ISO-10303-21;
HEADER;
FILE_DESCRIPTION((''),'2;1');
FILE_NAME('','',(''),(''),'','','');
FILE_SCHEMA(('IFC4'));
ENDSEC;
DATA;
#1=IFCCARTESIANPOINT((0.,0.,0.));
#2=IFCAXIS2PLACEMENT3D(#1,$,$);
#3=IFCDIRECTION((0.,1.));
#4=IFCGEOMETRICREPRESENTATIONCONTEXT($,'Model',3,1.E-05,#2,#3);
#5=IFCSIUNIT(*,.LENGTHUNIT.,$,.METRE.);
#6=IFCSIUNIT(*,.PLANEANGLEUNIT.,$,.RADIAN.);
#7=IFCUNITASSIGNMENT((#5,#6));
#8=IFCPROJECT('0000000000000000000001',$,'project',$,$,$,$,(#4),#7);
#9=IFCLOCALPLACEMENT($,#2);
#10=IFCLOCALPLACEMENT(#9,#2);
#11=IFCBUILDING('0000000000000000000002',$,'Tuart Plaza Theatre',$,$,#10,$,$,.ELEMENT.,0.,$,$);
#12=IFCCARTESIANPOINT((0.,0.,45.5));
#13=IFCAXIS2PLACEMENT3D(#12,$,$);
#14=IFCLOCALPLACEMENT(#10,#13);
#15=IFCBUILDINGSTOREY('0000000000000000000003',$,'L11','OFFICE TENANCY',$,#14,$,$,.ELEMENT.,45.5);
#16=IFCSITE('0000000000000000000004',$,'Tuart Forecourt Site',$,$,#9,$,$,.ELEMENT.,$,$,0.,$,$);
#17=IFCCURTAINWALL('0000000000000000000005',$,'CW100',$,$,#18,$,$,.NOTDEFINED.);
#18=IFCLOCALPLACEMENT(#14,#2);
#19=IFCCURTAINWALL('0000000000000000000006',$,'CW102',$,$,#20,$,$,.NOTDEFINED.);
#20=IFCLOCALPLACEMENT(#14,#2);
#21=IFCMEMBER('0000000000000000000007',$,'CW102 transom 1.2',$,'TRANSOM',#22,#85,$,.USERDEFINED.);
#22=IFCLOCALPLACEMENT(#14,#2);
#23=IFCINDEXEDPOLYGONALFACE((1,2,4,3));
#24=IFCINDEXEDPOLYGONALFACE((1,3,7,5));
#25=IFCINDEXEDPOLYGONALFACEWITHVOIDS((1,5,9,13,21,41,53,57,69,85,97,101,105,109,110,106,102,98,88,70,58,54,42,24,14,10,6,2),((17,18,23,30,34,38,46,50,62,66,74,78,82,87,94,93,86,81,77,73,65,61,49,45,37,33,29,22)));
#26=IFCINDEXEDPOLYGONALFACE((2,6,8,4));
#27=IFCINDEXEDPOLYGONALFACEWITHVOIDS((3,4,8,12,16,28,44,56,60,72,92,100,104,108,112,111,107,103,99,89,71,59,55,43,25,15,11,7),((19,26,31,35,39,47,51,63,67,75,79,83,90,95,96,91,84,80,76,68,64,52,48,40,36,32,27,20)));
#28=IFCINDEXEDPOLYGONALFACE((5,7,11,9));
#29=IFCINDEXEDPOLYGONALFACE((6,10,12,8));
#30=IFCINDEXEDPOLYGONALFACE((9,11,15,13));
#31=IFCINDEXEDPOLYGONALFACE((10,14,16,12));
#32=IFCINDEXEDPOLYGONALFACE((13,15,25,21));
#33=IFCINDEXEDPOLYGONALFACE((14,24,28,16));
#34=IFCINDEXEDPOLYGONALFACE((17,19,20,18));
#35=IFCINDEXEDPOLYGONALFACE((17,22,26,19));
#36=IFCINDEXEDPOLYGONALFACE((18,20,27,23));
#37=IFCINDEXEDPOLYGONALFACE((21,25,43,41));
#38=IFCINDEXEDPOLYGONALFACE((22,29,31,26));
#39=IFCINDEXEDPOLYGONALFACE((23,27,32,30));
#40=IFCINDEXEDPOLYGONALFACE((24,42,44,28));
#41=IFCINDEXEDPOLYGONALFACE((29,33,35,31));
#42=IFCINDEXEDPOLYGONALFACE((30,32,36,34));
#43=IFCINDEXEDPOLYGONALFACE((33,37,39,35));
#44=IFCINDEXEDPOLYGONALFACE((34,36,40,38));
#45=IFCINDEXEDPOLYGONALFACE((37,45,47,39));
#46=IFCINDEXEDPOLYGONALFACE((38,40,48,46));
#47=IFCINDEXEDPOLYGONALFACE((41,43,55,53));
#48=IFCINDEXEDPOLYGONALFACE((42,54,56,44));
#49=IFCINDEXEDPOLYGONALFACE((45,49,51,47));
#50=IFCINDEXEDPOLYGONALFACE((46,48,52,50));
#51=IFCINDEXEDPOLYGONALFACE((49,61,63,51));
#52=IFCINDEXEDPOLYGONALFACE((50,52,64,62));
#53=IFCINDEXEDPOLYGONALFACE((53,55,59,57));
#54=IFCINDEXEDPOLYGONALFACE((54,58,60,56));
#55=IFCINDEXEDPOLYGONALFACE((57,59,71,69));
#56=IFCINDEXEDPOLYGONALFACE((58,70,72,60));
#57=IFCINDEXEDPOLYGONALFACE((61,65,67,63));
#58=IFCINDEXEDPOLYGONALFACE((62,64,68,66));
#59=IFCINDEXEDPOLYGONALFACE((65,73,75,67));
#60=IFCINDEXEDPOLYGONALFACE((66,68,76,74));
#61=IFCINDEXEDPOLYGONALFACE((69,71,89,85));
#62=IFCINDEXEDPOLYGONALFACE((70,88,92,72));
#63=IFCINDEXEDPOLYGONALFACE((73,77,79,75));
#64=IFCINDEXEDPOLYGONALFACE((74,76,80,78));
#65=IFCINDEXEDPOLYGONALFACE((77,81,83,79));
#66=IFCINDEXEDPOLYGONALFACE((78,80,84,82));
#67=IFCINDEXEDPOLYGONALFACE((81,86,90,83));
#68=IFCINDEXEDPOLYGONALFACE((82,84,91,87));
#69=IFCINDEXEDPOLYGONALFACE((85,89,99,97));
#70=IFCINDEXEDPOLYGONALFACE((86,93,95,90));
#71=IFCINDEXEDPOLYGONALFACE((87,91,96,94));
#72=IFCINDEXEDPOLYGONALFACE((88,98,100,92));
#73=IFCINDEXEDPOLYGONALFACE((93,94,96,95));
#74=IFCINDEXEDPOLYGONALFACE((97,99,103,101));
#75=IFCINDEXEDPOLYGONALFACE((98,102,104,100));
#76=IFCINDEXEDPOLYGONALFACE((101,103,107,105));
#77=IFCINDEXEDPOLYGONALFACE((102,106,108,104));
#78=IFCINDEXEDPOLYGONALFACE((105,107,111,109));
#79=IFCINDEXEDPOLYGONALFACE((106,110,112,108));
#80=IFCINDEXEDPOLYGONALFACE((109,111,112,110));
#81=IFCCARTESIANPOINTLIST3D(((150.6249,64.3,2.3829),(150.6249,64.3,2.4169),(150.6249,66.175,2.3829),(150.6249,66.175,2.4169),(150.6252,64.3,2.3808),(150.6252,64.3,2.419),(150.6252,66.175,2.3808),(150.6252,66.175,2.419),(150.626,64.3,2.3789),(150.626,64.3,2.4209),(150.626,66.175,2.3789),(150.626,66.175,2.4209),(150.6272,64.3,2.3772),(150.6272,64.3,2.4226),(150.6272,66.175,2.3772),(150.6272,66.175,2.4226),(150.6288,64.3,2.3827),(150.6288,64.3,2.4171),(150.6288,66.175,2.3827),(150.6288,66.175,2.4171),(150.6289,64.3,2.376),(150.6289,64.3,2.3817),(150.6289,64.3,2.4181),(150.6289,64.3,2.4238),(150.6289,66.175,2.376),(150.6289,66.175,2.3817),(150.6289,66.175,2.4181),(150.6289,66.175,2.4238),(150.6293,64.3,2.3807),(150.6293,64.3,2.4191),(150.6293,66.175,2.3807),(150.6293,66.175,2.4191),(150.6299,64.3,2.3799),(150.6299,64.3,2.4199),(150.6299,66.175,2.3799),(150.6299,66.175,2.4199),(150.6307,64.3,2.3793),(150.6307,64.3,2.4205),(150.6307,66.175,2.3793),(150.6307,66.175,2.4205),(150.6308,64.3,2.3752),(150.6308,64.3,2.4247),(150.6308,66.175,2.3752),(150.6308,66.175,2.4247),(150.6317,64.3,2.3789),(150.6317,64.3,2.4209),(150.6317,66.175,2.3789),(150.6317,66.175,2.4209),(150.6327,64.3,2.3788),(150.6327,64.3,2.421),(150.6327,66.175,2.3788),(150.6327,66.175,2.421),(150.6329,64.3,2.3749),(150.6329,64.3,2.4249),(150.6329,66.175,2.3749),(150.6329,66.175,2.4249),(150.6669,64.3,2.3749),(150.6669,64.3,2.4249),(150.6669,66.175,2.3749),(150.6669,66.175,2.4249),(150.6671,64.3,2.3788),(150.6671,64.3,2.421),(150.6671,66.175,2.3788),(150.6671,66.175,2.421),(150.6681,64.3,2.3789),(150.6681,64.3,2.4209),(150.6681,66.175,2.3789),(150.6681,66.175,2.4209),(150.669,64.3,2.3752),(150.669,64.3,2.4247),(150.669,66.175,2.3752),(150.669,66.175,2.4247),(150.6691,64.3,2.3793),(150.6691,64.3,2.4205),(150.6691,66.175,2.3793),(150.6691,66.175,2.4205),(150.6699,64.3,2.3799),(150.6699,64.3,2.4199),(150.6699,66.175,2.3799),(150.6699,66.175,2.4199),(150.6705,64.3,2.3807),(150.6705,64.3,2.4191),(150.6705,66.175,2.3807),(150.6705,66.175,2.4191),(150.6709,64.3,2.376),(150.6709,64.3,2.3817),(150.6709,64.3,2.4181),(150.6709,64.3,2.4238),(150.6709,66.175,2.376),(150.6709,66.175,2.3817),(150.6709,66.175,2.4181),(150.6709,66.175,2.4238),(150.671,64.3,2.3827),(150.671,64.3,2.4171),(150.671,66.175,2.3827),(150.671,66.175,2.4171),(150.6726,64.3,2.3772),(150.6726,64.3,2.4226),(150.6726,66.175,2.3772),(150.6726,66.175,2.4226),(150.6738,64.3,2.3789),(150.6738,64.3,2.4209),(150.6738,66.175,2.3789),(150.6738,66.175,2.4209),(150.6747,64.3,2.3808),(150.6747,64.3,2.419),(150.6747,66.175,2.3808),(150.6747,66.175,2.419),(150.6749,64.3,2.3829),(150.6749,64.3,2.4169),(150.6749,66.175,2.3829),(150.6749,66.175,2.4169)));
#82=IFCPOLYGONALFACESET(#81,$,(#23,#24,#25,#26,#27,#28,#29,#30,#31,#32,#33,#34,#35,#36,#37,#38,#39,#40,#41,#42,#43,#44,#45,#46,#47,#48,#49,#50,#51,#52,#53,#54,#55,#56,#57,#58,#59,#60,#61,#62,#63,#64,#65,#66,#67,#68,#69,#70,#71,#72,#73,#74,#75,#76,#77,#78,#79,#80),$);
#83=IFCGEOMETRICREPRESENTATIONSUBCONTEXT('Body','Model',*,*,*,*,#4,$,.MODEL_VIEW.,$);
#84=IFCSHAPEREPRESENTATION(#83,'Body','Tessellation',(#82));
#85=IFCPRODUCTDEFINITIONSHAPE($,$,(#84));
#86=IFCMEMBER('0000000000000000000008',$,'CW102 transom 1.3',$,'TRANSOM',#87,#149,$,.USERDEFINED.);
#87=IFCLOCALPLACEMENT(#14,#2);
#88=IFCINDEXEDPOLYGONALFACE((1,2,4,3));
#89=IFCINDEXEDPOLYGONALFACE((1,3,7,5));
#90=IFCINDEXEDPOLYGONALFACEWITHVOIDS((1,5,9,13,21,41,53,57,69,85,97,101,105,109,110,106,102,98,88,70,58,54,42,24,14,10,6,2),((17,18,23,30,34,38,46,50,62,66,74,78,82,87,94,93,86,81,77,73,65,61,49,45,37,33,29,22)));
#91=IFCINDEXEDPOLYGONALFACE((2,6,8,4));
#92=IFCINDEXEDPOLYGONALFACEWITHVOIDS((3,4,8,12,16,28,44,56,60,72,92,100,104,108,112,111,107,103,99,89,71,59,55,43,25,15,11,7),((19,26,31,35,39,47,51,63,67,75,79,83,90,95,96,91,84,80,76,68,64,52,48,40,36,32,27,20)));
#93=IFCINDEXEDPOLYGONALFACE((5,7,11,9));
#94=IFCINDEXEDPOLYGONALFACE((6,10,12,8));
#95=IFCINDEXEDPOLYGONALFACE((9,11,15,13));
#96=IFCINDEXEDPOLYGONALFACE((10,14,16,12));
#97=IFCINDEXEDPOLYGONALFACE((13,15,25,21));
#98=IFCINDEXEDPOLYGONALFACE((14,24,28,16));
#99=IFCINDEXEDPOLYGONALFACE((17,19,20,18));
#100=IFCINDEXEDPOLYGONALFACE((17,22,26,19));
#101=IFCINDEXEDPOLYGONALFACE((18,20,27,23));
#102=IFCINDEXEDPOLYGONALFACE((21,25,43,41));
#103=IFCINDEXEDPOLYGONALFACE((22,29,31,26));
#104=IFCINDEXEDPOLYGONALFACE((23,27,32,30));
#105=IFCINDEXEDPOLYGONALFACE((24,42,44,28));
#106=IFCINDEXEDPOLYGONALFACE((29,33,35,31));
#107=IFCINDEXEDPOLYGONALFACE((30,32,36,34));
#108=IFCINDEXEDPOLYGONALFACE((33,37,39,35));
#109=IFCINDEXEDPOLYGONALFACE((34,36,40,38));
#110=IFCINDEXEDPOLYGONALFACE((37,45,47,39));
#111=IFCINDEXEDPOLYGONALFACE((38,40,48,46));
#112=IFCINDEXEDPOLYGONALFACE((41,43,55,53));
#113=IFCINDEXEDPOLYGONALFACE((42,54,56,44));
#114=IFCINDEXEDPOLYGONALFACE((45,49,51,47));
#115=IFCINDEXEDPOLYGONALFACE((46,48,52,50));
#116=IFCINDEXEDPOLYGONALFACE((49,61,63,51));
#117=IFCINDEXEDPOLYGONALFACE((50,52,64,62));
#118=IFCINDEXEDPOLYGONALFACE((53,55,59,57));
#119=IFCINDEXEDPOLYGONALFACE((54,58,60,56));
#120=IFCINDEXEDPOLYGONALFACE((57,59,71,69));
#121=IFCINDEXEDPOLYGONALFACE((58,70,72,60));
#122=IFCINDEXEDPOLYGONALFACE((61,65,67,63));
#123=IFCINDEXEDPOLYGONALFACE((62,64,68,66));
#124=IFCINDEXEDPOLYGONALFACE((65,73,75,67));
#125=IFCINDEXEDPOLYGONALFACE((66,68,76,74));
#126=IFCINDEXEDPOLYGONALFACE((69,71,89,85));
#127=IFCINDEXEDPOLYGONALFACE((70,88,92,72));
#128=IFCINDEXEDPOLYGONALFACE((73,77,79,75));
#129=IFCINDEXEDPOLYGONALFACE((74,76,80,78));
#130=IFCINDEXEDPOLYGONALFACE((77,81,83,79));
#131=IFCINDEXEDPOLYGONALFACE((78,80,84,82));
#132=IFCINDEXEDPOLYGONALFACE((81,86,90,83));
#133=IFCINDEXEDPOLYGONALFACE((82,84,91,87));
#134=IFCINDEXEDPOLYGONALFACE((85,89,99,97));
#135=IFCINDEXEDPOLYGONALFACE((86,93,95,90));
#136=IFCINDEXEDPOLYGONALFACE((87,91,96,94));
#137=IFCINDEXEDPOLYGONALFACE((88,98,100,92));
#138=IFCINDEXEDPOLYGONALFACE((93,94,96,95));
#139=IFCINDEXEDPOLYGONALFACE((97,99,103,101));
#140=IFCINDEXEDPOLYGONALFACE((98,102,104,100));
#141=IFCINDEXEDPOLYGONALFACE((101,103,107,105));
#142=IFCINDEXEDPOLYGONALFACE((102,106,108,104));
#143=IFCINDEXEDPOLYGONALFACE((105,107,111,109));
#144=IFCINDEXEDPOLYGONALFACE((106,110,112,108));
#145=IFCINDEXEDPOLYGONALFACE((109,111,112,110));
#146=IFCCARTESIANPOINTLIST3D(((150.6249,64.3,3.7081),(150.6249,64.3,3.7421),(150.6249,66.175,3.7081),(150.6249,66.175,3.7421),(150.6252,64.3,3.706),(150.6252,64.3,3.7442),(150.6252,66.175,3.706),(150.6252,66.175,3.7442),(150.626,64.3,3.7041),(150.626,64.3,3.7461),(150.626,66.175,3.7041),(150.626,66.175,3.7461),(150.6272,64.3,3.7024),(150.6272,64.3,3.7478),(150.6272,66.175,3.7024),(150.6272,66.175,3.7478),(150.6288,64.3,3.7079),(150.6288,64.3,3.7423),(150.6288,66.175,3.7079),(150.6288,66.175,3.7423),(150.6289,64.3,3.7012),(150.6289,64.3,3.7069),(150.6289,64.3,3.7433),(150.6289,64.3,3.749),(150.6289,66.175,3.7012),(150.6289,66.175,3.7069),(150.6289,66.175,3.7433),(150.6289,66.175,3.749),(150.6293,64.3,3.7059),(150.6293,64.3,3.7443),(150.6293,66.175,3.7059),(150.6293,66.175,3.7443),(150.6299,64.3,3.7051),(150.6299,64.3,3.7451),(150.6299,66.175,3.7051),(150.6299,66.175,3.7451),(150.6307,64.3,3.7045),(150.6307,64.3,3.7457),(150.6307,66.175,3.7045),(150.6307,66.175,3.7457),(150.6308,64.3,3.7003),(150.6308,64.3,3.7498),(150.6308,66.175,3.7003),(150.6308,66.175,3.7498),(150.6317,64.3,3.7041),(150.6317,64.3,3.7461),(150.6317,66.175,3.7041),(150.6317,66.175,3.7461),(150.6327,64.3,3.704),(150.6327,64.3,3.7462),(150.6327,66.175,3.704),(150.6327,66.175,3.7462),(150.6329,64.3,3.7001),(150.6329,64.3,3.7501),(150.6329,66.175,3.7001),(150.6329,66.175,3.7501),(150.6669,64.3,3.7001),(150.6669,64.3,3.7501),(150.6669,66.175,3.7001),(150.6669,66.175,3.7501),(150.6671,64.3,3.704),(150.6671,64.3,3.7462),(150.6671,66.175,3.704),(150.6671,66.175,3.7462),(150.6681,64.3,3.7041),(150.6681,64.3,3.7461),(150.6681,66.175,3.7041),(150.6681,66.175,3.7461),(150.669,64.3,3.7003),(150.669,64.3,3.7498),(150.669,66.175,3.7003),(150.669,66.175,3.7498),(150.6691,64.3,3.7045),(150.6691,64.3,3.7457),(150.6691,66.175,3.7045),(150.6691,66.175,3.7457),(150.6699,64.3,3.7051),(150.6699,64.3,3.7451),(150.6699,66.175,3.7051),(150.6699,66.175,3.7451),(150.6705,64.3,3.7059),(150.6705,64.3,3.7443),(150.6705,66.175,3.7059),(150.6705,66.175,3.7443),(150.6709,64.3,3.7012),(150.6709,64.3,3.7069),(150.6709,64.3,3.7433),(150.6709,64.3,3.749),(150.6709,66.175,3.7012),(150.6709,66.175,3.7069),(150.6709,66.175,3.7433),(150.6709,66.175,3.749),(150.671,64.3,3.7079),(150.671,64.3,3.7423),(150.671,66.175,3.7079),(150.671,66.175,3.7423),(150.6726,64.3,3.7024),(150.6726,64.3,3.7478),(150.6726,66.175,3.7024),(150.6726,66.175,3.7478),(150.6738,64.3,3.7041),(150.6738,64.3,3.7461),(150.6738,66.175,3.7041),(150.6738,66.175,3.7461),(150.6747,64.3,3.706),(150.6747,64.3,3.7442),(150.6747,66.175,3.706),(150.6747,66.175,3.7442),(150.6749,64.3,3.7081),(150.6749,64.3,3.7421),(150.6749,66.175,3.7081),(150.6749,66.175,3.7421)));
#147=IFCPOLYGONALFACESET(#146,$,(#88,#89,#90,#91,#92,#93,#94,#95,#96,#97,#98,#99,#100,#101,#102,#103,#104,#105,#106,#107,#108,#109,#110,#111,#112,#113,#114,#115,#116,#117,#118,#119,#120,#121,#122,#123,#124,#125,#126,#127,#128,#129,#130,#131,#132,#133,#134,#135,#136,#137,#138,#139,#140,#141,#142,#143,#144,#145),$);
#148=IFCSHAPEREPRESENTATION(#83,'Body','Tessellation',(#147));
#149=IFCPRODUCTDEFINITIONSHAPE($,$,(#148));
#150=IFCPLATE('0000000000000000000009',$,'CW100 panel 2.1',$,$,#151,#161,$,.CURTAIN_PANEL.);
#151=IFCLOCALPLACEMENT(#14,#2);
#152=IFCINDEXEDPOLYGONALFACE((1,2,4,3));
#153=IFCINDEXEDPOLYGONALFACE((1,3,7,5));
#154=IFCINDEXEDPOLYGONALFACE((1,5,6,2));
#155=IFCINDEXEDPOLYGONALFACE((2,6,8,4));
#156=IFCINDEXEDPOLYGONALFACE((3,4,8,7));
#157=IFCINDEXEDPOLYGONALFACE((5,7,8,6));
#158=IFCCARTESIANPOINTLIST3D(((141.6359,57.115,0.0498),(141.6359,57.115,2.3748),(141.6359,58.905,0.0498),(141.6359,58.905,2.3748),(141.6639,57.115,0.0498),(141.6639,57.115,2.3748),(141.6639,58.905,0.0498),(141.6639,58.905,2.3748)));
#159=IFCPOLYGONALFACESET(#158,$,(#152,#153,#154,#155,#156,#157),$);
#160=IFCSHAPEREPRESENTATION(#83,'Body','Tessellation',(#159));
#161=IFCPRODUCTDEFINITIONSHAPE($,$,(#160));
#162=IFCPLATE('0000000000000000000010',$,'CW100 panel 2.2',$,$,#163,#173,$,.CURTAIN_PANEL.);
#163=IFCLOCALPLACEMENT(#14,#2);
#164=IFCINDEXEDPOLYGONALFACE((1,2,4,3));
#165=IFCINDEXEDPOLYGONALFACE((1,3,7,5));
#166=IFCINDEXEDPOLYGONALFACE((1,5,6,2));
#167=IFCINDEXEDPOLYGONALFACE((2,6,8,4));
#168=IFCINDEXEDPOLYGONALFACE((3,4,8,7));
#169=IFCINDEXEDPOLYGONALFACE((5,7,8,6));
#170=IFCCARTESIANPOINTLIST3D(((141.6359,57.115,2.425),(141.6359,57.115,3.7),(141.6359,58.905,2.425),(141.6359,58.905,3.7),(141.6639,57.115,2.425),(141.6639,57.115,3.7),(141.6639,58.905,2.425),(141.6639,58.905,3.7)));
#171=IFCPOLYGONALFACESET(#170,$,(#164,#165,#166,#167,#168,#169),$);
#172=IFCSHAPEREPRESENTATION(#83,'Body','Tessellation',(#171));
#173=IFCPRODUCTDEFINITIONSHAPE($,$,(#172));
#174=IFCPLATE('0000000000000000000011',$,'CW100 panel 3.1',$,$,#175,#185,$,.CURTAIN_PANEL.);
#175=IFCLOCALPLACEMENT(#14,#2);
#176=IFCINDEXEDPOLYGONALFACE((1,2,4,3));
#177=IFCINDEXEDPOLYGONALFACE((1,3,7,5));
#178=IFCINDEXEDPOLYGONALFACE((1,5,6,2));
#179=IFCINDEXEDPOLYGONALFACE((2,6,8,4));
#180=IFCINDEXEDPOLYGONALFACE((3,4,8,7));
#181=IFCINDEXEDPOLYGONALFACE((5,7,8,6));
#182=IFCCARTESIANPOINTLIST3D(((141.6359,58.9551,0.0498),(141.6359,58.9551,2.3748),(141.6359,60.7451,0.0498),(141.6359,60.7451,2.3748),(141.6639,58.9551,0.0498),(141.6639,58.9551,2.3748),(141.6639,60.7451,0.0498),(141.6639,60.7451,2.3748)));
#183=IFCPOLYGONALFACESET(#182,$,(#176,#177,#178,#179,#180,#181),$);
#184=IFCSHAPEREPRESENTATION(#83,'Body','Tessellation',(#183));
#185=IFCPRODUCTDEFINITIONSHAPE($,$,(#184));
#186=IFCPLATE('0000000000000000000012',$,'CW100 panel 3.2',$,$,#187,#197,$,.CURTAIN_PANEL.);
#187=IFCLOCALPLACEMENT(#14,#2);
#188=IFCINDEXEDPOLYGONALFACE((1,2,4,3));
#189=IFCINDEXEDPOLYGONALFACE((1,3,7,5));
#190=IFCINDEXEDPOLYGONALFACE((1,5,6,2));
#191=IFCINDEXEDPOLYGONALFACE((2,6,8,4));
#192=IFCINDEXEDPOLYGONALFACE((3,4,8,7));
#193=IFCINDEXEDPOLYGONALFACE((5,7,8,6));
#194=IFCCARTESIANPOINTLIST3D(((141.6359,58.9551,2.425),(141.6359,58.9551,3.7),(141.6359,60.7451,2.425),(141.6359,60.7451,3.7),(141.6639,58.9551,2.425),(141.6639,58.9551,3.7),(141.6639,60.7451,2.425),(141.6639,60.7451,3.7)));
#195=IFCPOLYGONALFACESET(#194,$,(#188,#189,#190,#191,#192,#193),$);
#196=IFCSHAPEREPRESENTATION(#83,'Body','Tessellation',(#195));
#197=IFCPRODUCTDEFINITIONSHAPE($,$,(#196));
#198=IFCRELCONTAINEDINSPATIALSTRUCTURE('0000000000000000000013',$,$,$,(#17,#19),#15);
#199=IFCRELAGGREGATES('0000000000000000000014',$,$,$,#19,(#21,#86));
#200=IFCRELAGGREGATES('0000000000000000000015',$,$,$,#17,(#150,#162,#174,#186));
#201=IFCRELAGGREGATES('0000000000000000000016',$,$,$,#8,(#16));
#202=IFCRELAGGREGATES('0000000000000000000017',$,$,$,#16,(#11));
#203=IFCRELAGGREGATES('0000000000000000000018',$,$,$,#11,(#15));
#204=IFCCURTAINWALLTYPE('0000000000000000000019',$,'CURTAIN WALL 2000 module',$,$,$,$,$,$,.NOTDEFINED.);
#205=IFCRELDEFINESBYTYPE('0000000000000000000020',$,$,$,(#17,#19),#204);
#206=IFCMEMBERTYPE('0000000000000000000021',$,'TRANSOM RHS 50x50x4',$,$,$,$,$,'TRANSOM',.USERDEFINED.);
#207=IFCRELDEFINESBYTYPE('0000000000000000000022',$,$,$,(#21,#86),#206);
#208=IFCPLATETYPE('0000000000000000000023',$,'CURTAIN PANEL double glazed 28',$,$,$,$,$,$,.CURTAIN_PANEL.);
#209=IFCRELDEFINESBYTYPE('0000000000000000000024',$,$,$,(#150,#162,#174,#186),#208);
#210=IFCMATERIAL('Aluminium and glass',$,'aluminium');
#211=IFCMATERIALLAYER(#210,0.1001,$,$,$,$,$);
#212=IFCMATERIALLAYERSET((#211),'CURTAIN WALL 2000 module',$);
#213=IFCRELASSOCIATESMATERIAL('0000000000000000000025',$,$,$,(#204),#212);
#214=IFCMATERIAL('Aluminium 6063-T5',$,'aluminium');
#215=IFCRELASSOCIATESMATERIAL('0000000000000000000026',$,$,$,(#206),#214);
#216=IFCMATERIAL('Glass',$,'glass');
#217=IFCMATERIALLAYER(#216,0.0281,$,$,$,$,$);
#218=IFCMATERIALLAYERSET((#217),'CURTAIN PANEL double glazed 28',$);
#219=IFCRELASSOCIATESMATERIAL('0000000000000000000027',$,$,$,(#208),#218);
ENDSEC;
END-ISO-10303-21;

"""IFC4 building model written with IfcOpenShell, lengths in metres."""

from ifc_helpers import new_model, si_unit, direction, frame, origin, origin_2d, place, context, subcontext, project, spatial, rectangle, hollow_rectangle, extrude, material, layer, layer_set, material_profile, profile_set, type_object, element, aggregate, save


model = new_model("IFC4")

# Units and contexts
model_context = context("Model", 3, precision=1e-05, world=origin(), true_north=direction((0.0, 1.0)))
body_context = subcontext(model_context, "Body", "Model", "MODEL_VIEW")
ifc_project = project(units=[si_unit("LENGTHUNIT", "METRE"), si_unit("PLANEANGLEUNIT", "RADIAN")], contexts=[model_context])

# Site, building, storey
site_placement = place(None, origin())
site = spatial("IfcSite", under=ifc_project, at=site_placement, Name="Tuart Forecourt Site", CompositionType="ELEMENT", RefElevation=0.0)
building_placement = place(site_placement, origin())
building = spatial("IfcBuilding", under=site, at=building_placement, Name="Tuart Plaza Theatre", CompositionType="ELEMENT", ElevationOfRefHeight=0.0)
storey_placement = place(building_placement, frame((0.0, 0.0, 45.5)))
storey = spatial("IfcBuildingStorey", under=building, at=storey_placement, Name="L11", Description="OFFICE TENANCY", CompositionType="ELEMENT", Elevation=45.5)

# Curtain wall
ifc_material_1 = material(Name="Aluminium and glass", Category="aluminium")
ifc_layer_1 = layer(ifc_material_1, 0.1001)
ifc_layer_set_1 = layer_set([ifc_layer_1], Name="CURTAIN WALL 2000 module")
curtain_wall_type = type_object("IfcCurtainWallType", Name="CURTAIN WALL 2000 module", PredefinedType="NOTDEFINED", material=ifc_layer_set_1)
curtain_wall_1_placement = place(storey_placement, origin())
curtain_wall_1 = element("IfcCurtainWall", 1, at=curtain_wall_1_placement, inside=storey, type_object=curtain_wall_type, Name="CW100", PredefinedType="NOTDEFINED")

# Curtain wall
curtain_wall_2_placement = place(storey_placement, origin())
curtain_wall_2 = element("IfcCurtainWall", 2, at=curtain_wall_2_placement, inside=storey, type_object=curtain_wall_type, Name="CW102", PredefinedType="NOTDEFINED")

# Members
ifc_material_2 = material(Name="Aluminium 6063-T5", Category="aluminium")
ifc_material_profile_1 = material_profile(ifc_material_2, hollow_rectangle(XDim=0.05, YDim=0.05, WallThickness=0.0039, InnerFilletRadius=0.0039, OuterFilletRadius=0.0081, at=origin_2d()), Name="RHS 50x50x4")
ifc_profile_set_1 = profile_set([ifc_material_profile_1], Name="Aluminium 6063-T5")
member_type_1 = type_object("IfcMemberType", Name="TRANSOM RHS 50x50x4", ElementType="TRANSOM", PredefinedType="USERDEFINED", material=ifc_profile_set_1)
member_1_placement = place(storey_placement, frame((150.6499, 64.3, 2.3999), z_axis=(0.0, 1.0, 0.0), x_axis=(-1.0, 0.0, 0.0)))
member_1 = element("IfcMember", 3, at=member_1_placement, type_object=member_type_1, Name="CW102 transom 1.2", ObjectType="TRANSOM", PredefinedType="USERDEFINED", context=body_context, shape_type="SweptSolid", body=[
    extrude(hollow_rectangle(XDim=0.05, YDim=0.05, WallThickness=0.0039, InnerFilletRadius=0.0039, OuterFilletRadius=0.0081, at=origin_2d()), origin(), (0.0, 0.0, 1.0), 1.875),
])
member_2_placement = place(storey_placement, frame((150.6499, 64.3, 3.7251), z_axis=(0.0, 1.0, 0.0), x_axis=(-1.0, 0.0, 0.0)))
member_2 = element("IfcMember", 4, at=member_2_placement, type_object=member_type_1, Name="CW102 transom 1.3", ObjectType="TRANSOM", PredefinedType="USERDEFINED", context=body_context, shape_type="SweptSolid", body=[
    extrude(hollow_rectangle(XDim=0.05, YDim=0.05, WallThickness=0.0039, InnerFilletRadius=0.0039, OuterFilletRadius=0.0081, at=origin_2d()), origin(), (0.0, 0.0, 1.0), 1.875),
])
aggregate(curtain_wall_2, [member_1, member_2])

# Plates
ifc_material_3 = material(Name="Glass", Category="glass")
ifc_layer_2 = layer(ifc_material_3, 0.0281)
ifc_layer_set_2 = layer_set([ifc_layer_2], Name="CURTAIN PANEL double glazed 28")
plate_type_1 = type_object("IfcPlateType", Name="CURTAIN PANEL double glazed 28", PredefinedType="CURTAIN_PANEL", material=ifc_layer_set_2)
plate_1_placement = place(storey_placement, frame((141.6499, 58.01, 0.0498), z_axis=(0.0, 0.0, 1.0), x_axis=(0.0, 1.0, 0.0)))
plate_1 = element("IfcPlate", 5, at=plate_1_placement, type_object=plate_type_1, Name="CW100 panel 2.1", PredefinedType="CURTAIN_PANEL", context=body_context, shape_type="SweptSolid", body=[
    extrude(rectangle(XDim=1.79, YDim=0.0281, at=origin_2d()), origin(), (0.0, 0.0, 1.0), 2.325),
])
plate_2_placement = place(storey_placement, frame((141.6499, 58.01, 2.425), z_axis=(0.0, 0.0, 1.0), x_axis=(0.0, 1.0, 0.0)))
plate_2 = element("IfcPlate", 6, at=plate_2_placement, type_object=plate_type_1, Name="CW100 panel 2.2", PredefinedType="CURTAIN_PANEL", context=body_context, shape_type="SweptSolid", body=[
    extrude(rectangle(XDim=1.79, YDim=0.0281, at=origin_2d()), origin(), (0.0, 0.0, 1.0), 1.2749),
])
plate_3_placement = place(storey_placement, frame((141.6499, 59.8501, 0.0498), z_axis=(0.0, 0.0, 1.0), x_axis=(0.0, 1.0, 0.0)))
plate_3 = element("IfcPlate", 7, at=plate_3_placement, type_object=plate_type_1, Name="CW100 panel 3.1", PredefinedType="CURTAIN_PANEL", context=body_context, shape_type="SweptSolid", body=[
    extrude(rectangle(XDim=1.79, YDim=0.0281, at=origin_2d()), origin(), (0.0, 0.0, 1.0), 2.325),
])
plate_4_placement = place(storey_placement, frame((141.6499, 59.8501, 2.425), z_axis=(0.0, 0.0, 1.0), x_axis=(0.0, 1.0, 0.0)))
plate_4 = element("IfcPlate", 8, at=plate_4_placement, type_object=plate_type_1, Name="CW100 panel 3.2", PredefinedType="CURTAIN_PANEL", context=body_context, shape_type="SweptSolid", body=[
    extrude(rectangle(XDim=1.79, YDim=0.0281, at=origin_2d()), origin(), (0.0, 0.0, 1.0), 1.2749),
])
aggregate(curtain_wall_1, [plate_1, plate_2, plate_3, plate_4])

save(model, "model.ifc")
